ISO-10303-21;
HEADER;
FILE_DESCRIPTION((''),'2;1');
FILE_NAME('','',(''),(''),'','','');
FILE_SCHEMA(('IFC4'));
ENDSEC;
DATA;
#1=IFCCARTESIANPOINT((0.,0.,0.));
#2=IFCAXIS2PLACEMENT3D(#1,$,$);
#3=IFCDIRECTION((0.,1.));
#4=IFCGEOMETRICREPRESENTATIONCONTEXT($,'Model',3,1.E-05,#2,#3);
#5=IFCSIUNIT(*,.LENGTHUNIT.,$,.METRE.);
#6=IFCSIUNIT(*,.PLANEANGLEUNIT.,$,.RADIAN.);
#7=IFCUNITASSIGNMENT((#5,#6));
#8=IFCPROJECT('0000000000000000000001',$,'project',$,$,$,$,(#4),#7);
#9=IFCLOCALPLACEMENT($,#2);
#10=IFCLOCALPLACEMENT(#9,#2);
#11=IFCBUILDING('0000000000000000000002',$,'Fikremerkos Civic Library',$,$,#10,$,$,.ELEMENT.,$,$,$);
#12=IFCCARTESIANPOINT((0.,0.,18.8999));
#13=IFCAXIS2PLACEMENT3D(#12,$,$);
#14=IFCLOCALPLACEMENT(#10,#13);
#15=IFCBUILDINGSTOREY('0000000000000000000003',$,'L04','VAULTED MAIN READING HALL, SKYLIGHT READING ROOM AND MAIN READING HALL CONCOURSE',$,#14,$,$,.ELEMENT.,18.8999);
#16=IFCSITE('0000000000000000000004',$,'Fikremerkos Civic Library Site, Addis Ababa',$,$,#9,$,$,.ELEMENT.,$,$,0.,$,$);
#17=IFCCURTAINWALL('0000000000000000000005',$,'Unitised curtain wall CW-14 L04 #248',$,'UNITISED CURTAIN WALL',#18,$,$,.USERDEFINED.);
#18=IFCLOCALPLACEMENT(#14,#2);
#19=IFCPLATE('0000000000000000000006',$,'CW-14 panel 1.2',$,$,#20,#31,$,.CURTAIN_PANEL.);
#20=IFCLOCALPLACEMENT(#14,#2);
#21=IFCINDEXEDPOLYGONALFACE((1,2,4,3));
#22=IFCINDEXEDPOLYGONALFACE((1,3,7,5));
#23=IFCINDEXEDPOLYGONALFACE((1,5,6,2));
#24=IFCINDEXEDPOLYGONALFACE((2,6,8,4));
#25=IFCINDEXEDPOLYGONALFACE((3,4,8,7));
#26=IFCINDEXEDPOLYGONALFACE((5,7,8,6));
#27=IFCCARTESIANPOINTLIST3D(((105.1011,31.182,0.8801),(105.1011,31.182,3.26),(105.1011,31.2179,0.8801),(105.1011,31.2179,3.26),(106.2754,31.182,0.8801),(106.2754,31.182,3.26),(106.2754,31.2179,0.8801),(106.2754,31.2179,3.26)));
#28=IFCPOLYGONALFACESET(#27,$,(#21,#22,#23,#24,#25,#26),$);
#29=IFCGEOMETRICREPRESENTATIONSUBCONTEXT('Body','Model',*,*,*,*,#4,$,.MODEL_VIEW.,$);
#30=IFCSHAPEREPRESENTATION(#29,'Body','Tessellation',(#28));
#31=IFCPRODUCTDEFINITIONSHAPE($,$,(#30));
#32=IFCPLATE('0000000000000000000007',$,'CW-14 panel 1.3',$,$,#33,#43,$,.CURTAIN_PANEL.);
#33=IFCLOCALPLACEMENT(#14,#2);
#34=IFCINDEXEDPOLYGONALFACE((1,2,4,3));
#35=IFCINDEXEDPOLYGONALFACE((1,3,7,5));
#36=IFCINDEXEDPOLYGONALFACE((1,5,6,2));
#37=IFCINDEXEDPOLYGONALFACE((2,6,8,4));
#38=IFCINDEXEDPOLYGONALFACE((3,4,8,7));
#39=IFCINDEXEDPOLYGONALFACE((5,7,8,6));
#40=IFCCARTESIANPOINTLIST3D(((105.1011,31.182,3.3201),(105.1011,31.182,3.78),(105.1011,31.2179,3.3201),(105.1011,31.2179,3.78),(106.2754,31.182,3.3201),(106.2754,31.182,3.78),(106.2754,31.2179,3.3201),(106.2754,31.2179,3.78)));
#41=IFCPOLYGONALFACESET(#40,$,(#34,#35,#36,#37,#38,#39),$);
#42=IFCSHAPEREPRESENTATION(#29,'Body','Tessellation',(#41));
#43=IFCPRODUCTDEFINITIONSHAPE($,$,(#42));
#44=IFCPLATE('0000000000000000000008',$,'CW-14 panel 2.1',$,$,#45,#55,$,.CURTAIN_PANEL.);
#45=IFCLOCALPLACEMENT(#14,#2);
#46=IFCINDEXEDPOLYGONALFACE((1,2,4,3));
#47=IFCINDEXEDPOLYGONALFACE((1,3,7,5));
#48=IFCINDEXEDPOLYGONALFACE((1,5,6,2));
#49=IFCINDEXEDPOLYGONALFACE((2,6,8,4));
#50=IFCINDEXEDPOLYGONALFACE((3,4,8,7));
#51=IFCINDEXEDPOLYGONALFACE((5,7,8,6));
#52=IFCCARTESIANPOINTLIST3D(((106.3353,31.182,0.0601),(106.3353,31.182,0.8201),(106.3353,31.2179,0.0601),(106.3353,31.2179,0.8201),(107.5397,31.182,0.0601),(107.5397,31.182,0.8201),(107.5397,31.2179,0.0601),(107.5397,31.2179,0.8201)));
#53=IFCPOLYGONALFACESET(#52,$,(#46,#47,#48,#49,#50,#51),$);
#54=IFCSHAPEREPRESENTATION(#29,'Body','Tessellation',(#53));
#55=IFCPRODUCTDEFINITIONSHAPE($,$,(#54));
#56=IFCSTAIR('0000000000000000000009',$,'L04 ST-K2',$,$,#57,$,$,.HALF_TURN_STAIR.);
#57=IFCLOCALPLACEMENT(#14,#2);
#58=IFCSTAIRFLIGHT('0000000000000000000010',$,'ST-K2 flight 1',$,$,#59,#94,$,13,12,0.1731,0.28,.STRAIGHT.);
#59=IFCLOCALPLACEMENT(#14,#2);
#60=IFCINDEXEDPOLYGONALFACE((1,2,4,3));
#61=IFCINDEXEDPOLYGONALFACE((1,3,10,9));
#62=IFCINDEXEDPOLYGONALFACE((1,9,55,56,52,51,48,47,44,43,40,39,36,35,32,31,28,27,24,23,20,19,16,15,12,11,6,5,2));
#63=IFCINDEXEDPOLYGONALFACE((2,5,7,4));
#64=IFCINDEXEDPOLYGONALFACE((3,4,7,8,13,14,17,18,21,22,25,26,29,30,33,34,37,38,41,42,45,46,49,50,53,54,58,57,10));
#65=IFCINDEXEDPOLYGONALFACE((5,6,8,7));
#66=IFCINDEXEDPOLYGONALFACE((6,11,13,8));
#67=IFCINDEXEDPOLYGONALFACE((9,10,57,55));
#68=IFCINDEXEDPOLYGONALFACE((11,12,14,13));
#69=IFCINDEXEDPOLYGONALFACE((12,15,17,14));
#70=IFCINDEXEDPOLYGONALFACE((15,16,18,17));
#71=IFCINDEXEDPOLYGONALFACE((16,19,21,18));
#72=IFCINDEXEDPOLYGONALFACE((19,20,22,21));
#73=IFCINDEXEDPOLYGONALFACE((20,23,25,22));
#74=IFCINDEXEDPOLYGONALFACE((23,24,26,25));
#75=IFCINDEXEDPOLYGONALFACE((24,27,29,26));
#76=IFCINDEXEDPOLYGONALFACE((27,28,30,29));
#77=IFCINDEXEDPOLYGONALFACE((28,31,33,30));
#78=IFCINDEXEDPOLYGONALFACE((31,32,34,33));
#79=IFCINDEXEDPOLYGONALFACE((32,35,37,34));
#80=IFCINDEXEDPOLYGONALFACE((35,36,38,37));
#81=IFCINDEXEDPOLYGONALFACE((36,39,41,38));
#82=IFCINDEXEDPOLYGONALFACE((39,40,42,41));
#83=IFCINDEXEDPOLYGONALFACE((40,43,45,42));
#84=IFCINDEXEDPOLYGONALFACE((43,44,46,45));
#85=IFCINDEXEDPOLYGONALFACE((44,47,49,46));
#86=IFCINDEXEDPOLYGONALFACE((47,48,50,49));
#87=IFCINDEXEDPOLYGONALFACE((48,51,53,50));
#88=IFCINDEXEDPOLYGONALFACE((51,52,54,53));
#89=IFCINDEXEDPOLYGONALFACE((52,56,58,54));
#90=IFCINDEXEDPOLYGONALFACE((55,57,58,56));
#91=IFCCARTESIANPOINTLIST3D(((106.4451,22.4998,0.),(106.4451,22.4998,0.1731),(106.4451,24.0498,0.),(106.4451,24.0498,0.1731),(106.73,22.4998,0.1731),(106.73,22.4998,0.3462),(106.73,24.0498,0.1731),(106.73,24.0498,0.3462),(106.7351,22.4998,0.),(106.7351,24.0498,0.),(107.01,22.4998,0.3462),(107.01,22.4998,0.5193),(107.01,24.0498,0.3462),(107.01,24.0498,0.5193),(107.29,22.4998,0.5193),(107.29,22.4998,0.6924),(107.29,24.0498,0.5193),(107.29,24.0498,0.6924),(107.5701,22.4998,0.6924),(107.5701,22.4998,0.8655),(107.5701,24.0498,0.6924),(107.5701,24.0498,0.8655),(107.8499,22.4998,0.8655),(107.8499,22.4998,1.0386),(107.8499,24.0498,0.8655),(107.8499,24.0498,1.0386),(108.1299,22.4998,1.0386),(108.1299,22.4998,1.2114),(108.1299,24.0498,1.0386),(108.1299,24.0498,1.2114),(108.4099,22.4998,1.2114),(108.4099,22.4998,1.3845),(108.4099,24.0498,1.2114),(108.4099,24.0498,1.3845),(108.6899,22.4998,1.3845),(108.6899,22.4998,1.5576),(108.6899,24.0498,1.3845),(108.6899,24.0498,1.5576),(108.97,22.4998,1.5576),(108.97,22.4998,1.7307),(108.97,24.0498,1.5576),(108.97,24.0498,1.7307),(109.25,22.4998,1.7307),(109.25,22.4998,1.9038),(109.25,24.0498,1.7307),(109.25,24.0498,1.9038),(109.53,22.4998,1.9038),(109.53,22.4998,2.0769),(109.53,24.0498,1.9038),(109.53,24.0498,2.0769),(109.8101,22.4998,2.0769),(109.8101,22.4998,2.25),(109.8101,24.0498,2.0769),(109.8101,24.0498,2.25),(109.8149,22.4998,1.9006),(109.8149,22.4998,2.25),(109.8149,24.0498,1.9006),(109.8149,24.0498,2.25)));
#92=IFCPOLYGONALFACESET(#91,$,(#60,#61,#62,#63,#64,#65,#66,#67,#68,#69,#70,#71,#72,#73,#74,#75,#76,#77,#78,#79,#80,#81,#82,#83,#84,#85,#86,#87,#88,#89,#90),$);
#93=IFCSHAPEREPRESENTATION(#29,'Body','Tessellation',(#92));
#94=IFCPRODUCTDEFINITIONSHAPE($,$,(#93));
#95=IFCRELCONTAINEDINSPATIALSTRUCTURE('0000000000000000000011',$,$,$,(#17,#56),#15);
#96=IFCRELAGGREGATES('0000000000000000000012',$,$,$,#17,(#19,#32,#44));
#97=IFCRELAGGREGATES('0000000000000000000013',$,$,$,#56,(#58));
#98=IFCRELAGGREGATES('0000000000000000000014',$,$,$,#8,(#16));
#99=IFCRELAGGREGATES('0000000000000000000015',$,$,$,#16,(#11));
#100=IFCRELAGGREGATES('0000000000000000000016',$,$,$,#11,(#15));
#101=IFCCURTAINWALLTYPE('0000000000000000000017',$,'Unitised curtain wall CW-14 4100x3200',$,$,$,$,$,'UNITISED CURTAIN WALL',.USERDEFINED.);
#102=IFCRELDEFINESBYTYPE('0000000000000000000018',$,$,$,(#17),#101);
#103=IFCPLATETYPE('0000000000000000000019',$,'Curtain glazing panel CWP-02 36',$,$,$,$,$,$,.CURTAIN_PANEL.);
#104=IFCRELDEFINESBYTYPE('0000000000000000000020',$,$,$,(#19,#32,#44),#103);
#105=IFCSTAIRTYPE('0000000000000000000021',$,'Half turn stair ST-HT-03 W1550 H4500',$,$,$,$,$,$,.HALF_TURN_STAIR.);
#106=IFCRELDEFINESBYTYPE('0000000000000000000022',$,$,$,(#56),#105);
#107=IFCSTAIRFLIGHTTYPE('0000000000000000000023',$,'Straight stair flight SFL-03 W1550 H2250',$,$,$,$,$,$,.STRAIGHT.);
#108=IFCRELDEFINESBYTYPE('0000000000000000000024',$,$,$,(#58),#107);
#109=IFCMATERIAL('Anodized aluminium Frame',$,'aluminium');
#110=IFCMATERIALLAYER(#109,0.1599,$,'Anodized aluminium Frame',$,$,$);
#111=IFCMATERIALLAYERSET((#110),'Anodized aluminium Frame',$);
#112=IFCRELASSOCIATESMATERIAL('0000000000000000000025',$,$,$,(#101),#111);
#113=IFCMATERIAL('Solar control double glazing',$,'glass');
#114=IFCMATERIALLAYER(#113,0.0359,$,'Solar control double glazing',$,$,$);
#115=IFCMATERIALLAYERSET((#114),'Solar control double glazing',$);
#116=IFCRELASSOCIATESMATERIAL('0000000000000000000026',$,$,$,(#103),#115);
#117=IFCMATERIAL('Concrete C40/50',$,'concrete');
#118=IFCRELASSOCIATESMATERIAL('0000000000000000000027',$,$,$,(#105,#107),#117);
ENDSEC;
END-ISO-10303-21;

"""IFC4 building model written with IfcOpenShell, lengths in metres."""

from ifc_helpers import new_model, si_unit, direction, frame, origin, origin_2d, place, context, subcontext, project, spatial, polyline, rectangle, outline, extrude, material, layer, layer_set, type_object, element, aggregate, save


model = new_model("IFC4")

# Units and contexts
model_context = context("Model", 3, precision=1e-05, world=origin(), true_north=direction((0.0, 1.0)))
body_context = subcontext(model_context, "Body", "Model", "MODEL_VIEW")
ifc_project = project(units=[si_unit("LENGTHUNIT", "METRE"), si_unit("PLANEANGLEUNIT", "RADIAN")], contexts=[model_context])

# Site, building, storey
site_placement = place(None, origin())
site = spatial("IfcSite", under=ifc_project, at=site_placement, Name="Fikremerkos Civic Library Site, Addis Ababa", CompositionType="ELEMENT", RefElevation=0.0)
building_placement = place(site_placement, origin())
building = spatial("IfcBuilding", under=site, at=building_placement, Name="Fikremerkos Civic Library", CompositionType="ELEMENT")
storey_placement = place(building_placement, frame((0.0, 0.0, 18.8999)))
storey = spatial("IfcBuildingStorey", under=building, at=storey_placement, Name="L04", Description="VAULTED MAIN READING HALL, SKYLIGHT READING ROOM AND MAIN READING HALL CONCOURSE", CompositionType="ELEMENT", Elevation=18.8999)

# Curtain wall, plates
ifc_material_1 = material(Name="Anodized aluminium Frame", Category="aluminium")
ifc_layer_1 = layer(ifc_material_1, 0.1599, Name="Anodized aluminium Frame")
ifc_layer_set_1 = layer_set([ifc_layer_1], Name="Anodized aluminium Frame")
curtain_wall_type = type_object("IfcCurtainWallType", Name="Unitised curtain wall CW-14 4100x3200", ElementType="UNITISED CURTAIN WALL", PredefinedType="USERDEFINED", material=ifc_layer_set_1)
curtain_wall_placement = place(storey_placement, origin())
curtain_wall = element("IfcCurtainWall", 1, at=curtain_wall_placement, inside=storey, type_object=curtain_wall_type, Name="Unitised curtain wall CW-14 L04 #248", ObjectType="UNITISED CURTAIN WALL", PredefinedType="USERDEFINED")
ifc_material_2 = material(Name="Solar control double glazing", Category="glass")
ifc_layer_2 = layer(ifc_material_2, 0.0359, Name="Solar control double glazing")
ifc_layer_set_2 = layer_set([ifc_layer_2], Name="Solar control double glazing")
plate_type = type_object("IfcPlateType", Name="Curtain glazing panel CWP-02 36", PredefinedType="CURTAIN_PANEL", material=ifc_layer_set_2)
plate_1_placement = place(storey_placement, frame((105.6882, 31.2, 0.8801), z_axis=(0.0, 0.0, 1.0), x_axis=(1.0, 0.0, 0.0)))
plate_1 = element("IfcPlate", 2, at=plate_1_placement, type_object=plate_type, Name="CW-14 panel 1.2", PredefinedType="CURTAIN_PANEL", context=body_context, shape_type="SweptSolid", body=[
    extrude(rectangle(XDim=1.1743, YDim=0.0359, at=origin_2d()), origin(), (0.0, 0.0, 1.0), 2.3799),
])
plate_2_placement = place(storey_placement, frame((105.6882, 31.2, 3.3201), z_axis=(0.0, 0.0, 1.0), x_axis=(1.0, 0.0, 0.0)))
plate_2 = element("IfcPlate", 3, at=plate_2_placement, type_object=plate_type, Name="CW-14 panel 1.3", PredefinedType="CURTAIN_PANEL", context=body_context, shape_type="SweptSolid", body=[
    extrude(rectangle(XDim=1.1743, YDim=0.0359, at=origin_2d()), origin(), (0.0, 0.0, 1.0), 0.46),
])
plate_3_placement = place(storey_placement, frame((106.9375, 31.2, 0.0601), z_axis=(0.0, 0.0, 1.0), x_axis=(1.0, 0.0, 0.0)))
plate_3 = element("IfcPlate", 4, at=plate_3_placement, type_object=plate_type, Name="CW-14 panel 2.1", PredefinedType="CURTAIN_PANEL", context=body_context, shape_type="SweptSolid", body=[
    extrude(rectangle(XDim=1.2043, YDim=0.0359, at=origin_2d()), origin(), (0.0, 0.0, 1.0), 0.76),
])
aggregate(curtain_wall, [plate_1, plate_2, plate_3])

# Shared definitions
ifc_material_3 = material(Name="Concrete C40/50", Category="concrete")

# Stair, stair flight
stair_type = type_object("IfcStairType", Name="Half turn stair ST-HT-03 W1550 H4500", PredefinedType="HALF_TURN_STAIR", material=ifc_material_3)
stair_placement = place(storey_placement, origin())
stair = element("IfcStair", 5, at=stair_placement, inside=storey, type_object=stair_type, Name="L04 ST-K2", PredefinedType="HALF_TURN_STAIR")
stair_flight_type = type_object("IfcStairFlightType", Name="Straight stair flight SFL-03 W1550 H2250", PredefinedType="STRAIGHT", material=ifc_material_3)
stair_flight_placement = place(storey_placement, frame((106.45, 23.2749, 0.0), z_axis=(0.0, 0.0, 1.0), x_axis=(1.0, 0.0, 0.0)))
stair_flight = element("IfcStairFlight", 6, at=stair_flight_placement, type_object=stair_flight_type, Name="ST-K2 flight 1", NumberOfRisers=13, NumberOfTreads=12, PredefinedType="STRAIGHT", RiserHeight=0.1731, TreadLength=0.28, context=body_context, shape_type="SweptSolid", body=[
    extrude(outline(polyline([(-0.0049, 0.0), (-0.0049, 0.1731), (0.28, 0.1731), (0.28, 0.3462), (0.5601, 0.3462), (0.5601, 0.5193), (0.8401, 0.5193), (0.8401, 0.6924), (1.1201, 0.6924), (1.1201, 0.8655), (1.3999, 0.8655), (1.3999, 1.0386), (1.6799, 1.0386), (1.6799, 1.2114), (1.96, 1.2114), (1.96, 1.3845), (2.24, 1.3845), (2.24, 1.5576), (2.52, 1.5576), (2.52, 1.7307), (2.8, 1.7307), (2.8, 1.9038), (3.0801, 1.9038), (3.0801, 2.0769), (3.3601, 2.0769), (3.3601, 2.25), (3.365, 2.25), (3.365, 1.9006), (0.2852, 0.0), (-0.0049, 0.0)])), frame((0.0, 0.7749, 0.0), z_axis=(0.0, -1.0, 0.0), x_axis=(1.0, 0.0, 0.0)), (0.0, 0.0, 1.0), 1.55),
])
aggregate(stair, [stair_flight])

save(model, "model.ifc")
